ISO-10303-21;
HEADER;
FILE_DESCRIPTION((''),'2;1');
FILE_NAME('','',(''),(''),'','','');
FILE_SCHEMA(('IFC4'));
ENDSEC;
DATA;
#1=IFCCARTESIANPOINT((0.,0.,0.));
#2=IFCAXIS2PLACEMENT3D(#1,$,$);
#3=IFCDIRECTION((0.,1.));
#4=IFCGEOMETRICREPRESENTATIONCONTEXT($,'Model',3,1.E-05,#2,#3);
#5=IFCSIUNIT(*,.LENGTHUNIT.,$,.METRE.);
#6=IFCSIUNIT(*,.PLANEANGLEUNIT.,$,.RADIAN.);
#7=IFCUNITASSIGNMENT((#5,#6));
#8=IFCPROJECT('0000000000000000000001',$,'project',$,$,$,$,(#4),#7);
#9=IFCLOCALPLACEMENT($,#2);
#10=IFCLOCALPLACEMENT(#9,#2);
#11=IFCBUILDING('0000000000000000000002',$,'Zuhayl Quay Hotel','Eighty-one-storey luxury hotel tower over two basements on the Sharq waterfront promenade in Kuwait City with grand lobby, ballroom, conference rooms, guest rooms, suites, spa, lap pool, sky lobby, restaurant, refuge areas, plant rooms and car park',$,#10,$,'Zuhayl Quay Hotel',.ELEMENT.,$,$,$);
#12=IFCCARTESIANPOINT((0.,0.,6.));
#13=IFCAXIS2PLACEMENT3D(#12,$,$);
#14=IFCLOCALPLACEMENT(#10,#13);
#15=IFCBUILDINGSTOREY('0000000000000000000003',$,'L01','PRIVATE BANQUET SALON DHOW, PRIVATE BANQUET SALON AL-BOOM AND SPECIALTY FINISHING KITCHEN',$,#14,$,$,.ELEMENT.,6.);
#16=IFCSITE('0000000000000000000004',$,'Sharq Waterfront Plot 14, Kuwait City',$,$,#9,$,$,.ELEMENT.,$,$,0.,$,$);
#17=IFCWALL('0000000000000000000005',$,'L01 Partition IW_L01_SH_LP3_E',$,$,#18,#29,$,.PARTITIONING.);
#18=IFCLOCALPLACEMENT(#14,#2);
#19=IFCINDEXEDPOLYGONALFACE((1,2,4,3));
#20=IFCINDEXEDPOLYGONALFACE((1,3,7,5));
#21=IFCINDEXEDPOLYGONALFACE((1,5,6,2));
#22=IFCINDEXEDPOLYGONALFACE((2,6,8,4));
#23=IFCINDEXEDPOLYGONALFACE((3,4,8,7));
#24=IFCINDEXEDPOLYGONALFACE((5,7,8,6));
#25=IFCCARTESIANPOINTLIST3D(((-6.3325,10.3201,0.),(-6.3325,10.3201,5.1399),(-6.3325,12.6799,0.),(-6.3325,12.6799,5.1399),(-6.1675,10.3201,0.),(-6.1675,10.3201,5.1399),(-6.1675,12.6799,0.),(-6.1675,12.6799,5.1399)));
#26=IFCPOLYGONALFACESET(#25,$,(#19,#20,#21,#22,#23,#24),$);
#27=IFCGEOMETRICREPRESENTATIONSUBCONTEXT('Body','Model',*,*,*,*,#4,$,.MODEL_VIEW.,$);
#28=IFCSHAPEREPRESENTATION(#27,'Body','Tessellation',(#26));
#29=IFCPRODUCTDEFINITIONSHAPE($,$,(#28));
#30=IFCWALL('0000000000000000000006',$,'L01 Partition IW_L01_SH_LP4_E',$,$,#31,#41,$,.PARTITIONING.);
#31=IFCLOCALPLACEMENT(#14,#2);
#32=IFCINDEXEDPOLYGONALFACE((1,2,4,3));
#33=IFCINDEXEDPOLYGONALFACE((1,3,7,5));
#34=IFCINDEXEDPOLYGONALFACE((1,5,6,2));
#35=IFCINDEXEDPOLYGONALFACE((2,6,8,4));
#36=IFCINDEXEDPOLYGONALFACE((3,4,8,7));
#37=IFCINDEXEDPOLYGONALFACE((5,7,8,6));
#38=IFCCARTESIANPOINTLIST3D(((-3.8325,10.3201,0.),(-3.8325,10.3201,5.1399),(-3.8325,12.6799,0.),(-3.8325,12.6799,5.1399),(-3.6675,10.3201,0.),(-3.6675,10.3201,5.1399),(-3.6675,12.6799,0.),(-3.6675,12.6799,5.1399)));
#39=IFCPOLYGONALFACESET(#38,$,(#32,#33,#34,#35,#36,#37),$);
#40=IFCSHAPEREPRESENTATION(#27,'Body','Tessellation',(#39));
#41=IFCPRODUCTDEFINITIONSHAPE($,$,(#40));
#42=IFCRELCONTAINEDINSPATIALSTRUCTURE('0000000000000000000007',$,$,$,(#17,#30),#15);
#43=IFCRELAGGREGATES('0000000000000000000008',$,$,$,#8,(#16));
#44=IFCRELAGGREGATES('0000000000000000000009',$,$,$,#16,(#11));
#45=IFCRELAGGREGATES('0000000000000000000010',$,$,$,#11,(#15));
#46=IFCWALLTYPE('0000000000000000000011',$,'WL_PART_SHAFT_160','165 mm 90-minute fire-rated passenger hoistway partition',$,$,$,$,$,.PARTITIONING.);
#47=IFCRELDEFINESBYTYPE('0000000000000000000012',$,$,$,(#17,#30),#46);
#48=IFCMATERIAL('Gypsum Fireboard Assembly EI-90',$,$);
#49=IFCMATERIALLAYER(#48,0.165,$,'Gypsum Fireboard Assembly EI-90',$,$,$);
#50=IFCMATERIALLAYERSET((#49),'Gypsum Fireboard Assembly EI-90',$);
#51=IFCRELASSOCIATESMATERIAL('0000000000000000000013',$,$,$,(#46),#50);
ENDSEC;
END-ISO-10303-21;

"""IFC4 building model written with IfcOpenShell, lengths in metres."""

from ifc_helpers import new_model, si_unit, direction, frame, frame_2d, origin, place, context, subcontext, project, spatial, rectangle, extrude, material, layer, layer_set, type_object, element, save


model = new_model("IFC4")

# Units and contexts
model_context = context("Model", 3, precision=1e-05, world=origin(), true_north=direction((0.0, 1.0)))
body_context = subcontext(model_context, "Body", "Model", "MODEL_VIEW")
ifc_project = project(units=[si_unit("LENGTHUNIT", "METRE"), si_unit("PLANEANGLEUNIT", "RADIAN")], contexts=[model_context])

# Site, building, storey
site_placement = place(None, origin())
site = spatial("IfcSite", under=ifc_project, at=site_placement, Name="Sharq Waterfront Plot 14, Kuwait City", CompositionType="ELEMENT", RefElevation=0.0)
building_placement = place(site_placement, origin())
building = spatial("IfcBuilding", under=site, at=building_placement, Name="Zuhayl Quay Hotel", Description="Eighty-one-storey luxury hotel tower over two basements on the Sharq waterfront promenade in Kuwait City with grand lobby, ballroom, conference rooms, guest rooms, suites, spa, lap pool, sky lobby, restaurant, refuge areas, plant rooms and car park", LongName="Zuhayl Quay Hotel", CompositionType="ELEMENT")
storey_placement = place(building_placement, frame((0.0, 0.0, 6.0)))
storey = spatial("IfcBuildingStorey", under=building, at=storey_placement, Name="L01", Description="PRIVATE BANQUET SALON DHOW, PRIVATE BANQUET SALON AL-BOOM AND SPECIALTY FINISHING KITCHEN", CompositionType="ELEMENT", Elevation=6.0)

# Shared definitions
ifc_material_1 = material(Name="Gypsum Fireboard Assembly EI-90")
ifc_layer_1 = layer(ifc_material_1, 0.165, Name="Gypsum Fireboard Assembly EI-90")
ifc_layer_set_1 = layer_set([ifc_layer_1], Name="Gypsum Fireboard Assembly EI-90")
wall_type_1 = type_object("IfcWallType", Name="WL_PART_SHAFT_160", Description="165 mm 90-minute fire-rated passenger hoistway partition", PredefinedType="PARTITIONING", material=ifc_layer_set_1)

# Walls
for number, where, z_axis, x_axis, name in (
    (1, (-6.25, 10.3201, 0.0), (0.0, 0.0, 1.0), (0.0, 1.0, 0.0), "L01 Partition IW_L01_SH_LP3_E"),
    (2, (-3.75, 10.3201, 0.0), (0.0, 0.0, 1.0), (0.0, 1.0, 0.0), "L01 Partition IW_L01_SH_LP4_E"),
):
    element("IfcWall", number, at=place(storey_placement, frame(where, z_axis=z_axis, x_axis=x_axis)), inside=storey, type_object=wall_type_1, Name=name, PredefinedType="PARTITIONING", context=body_context, shape_type="SweptSolid", body=[
        extrude(rectangle(XDim=2.3599, YDim=0.165, at=frame_2d((1.1799, 0.0))), origin(), (0.0, 0.0, 1.0), 5.1399),
    ])

save(model, "model.ifc")
